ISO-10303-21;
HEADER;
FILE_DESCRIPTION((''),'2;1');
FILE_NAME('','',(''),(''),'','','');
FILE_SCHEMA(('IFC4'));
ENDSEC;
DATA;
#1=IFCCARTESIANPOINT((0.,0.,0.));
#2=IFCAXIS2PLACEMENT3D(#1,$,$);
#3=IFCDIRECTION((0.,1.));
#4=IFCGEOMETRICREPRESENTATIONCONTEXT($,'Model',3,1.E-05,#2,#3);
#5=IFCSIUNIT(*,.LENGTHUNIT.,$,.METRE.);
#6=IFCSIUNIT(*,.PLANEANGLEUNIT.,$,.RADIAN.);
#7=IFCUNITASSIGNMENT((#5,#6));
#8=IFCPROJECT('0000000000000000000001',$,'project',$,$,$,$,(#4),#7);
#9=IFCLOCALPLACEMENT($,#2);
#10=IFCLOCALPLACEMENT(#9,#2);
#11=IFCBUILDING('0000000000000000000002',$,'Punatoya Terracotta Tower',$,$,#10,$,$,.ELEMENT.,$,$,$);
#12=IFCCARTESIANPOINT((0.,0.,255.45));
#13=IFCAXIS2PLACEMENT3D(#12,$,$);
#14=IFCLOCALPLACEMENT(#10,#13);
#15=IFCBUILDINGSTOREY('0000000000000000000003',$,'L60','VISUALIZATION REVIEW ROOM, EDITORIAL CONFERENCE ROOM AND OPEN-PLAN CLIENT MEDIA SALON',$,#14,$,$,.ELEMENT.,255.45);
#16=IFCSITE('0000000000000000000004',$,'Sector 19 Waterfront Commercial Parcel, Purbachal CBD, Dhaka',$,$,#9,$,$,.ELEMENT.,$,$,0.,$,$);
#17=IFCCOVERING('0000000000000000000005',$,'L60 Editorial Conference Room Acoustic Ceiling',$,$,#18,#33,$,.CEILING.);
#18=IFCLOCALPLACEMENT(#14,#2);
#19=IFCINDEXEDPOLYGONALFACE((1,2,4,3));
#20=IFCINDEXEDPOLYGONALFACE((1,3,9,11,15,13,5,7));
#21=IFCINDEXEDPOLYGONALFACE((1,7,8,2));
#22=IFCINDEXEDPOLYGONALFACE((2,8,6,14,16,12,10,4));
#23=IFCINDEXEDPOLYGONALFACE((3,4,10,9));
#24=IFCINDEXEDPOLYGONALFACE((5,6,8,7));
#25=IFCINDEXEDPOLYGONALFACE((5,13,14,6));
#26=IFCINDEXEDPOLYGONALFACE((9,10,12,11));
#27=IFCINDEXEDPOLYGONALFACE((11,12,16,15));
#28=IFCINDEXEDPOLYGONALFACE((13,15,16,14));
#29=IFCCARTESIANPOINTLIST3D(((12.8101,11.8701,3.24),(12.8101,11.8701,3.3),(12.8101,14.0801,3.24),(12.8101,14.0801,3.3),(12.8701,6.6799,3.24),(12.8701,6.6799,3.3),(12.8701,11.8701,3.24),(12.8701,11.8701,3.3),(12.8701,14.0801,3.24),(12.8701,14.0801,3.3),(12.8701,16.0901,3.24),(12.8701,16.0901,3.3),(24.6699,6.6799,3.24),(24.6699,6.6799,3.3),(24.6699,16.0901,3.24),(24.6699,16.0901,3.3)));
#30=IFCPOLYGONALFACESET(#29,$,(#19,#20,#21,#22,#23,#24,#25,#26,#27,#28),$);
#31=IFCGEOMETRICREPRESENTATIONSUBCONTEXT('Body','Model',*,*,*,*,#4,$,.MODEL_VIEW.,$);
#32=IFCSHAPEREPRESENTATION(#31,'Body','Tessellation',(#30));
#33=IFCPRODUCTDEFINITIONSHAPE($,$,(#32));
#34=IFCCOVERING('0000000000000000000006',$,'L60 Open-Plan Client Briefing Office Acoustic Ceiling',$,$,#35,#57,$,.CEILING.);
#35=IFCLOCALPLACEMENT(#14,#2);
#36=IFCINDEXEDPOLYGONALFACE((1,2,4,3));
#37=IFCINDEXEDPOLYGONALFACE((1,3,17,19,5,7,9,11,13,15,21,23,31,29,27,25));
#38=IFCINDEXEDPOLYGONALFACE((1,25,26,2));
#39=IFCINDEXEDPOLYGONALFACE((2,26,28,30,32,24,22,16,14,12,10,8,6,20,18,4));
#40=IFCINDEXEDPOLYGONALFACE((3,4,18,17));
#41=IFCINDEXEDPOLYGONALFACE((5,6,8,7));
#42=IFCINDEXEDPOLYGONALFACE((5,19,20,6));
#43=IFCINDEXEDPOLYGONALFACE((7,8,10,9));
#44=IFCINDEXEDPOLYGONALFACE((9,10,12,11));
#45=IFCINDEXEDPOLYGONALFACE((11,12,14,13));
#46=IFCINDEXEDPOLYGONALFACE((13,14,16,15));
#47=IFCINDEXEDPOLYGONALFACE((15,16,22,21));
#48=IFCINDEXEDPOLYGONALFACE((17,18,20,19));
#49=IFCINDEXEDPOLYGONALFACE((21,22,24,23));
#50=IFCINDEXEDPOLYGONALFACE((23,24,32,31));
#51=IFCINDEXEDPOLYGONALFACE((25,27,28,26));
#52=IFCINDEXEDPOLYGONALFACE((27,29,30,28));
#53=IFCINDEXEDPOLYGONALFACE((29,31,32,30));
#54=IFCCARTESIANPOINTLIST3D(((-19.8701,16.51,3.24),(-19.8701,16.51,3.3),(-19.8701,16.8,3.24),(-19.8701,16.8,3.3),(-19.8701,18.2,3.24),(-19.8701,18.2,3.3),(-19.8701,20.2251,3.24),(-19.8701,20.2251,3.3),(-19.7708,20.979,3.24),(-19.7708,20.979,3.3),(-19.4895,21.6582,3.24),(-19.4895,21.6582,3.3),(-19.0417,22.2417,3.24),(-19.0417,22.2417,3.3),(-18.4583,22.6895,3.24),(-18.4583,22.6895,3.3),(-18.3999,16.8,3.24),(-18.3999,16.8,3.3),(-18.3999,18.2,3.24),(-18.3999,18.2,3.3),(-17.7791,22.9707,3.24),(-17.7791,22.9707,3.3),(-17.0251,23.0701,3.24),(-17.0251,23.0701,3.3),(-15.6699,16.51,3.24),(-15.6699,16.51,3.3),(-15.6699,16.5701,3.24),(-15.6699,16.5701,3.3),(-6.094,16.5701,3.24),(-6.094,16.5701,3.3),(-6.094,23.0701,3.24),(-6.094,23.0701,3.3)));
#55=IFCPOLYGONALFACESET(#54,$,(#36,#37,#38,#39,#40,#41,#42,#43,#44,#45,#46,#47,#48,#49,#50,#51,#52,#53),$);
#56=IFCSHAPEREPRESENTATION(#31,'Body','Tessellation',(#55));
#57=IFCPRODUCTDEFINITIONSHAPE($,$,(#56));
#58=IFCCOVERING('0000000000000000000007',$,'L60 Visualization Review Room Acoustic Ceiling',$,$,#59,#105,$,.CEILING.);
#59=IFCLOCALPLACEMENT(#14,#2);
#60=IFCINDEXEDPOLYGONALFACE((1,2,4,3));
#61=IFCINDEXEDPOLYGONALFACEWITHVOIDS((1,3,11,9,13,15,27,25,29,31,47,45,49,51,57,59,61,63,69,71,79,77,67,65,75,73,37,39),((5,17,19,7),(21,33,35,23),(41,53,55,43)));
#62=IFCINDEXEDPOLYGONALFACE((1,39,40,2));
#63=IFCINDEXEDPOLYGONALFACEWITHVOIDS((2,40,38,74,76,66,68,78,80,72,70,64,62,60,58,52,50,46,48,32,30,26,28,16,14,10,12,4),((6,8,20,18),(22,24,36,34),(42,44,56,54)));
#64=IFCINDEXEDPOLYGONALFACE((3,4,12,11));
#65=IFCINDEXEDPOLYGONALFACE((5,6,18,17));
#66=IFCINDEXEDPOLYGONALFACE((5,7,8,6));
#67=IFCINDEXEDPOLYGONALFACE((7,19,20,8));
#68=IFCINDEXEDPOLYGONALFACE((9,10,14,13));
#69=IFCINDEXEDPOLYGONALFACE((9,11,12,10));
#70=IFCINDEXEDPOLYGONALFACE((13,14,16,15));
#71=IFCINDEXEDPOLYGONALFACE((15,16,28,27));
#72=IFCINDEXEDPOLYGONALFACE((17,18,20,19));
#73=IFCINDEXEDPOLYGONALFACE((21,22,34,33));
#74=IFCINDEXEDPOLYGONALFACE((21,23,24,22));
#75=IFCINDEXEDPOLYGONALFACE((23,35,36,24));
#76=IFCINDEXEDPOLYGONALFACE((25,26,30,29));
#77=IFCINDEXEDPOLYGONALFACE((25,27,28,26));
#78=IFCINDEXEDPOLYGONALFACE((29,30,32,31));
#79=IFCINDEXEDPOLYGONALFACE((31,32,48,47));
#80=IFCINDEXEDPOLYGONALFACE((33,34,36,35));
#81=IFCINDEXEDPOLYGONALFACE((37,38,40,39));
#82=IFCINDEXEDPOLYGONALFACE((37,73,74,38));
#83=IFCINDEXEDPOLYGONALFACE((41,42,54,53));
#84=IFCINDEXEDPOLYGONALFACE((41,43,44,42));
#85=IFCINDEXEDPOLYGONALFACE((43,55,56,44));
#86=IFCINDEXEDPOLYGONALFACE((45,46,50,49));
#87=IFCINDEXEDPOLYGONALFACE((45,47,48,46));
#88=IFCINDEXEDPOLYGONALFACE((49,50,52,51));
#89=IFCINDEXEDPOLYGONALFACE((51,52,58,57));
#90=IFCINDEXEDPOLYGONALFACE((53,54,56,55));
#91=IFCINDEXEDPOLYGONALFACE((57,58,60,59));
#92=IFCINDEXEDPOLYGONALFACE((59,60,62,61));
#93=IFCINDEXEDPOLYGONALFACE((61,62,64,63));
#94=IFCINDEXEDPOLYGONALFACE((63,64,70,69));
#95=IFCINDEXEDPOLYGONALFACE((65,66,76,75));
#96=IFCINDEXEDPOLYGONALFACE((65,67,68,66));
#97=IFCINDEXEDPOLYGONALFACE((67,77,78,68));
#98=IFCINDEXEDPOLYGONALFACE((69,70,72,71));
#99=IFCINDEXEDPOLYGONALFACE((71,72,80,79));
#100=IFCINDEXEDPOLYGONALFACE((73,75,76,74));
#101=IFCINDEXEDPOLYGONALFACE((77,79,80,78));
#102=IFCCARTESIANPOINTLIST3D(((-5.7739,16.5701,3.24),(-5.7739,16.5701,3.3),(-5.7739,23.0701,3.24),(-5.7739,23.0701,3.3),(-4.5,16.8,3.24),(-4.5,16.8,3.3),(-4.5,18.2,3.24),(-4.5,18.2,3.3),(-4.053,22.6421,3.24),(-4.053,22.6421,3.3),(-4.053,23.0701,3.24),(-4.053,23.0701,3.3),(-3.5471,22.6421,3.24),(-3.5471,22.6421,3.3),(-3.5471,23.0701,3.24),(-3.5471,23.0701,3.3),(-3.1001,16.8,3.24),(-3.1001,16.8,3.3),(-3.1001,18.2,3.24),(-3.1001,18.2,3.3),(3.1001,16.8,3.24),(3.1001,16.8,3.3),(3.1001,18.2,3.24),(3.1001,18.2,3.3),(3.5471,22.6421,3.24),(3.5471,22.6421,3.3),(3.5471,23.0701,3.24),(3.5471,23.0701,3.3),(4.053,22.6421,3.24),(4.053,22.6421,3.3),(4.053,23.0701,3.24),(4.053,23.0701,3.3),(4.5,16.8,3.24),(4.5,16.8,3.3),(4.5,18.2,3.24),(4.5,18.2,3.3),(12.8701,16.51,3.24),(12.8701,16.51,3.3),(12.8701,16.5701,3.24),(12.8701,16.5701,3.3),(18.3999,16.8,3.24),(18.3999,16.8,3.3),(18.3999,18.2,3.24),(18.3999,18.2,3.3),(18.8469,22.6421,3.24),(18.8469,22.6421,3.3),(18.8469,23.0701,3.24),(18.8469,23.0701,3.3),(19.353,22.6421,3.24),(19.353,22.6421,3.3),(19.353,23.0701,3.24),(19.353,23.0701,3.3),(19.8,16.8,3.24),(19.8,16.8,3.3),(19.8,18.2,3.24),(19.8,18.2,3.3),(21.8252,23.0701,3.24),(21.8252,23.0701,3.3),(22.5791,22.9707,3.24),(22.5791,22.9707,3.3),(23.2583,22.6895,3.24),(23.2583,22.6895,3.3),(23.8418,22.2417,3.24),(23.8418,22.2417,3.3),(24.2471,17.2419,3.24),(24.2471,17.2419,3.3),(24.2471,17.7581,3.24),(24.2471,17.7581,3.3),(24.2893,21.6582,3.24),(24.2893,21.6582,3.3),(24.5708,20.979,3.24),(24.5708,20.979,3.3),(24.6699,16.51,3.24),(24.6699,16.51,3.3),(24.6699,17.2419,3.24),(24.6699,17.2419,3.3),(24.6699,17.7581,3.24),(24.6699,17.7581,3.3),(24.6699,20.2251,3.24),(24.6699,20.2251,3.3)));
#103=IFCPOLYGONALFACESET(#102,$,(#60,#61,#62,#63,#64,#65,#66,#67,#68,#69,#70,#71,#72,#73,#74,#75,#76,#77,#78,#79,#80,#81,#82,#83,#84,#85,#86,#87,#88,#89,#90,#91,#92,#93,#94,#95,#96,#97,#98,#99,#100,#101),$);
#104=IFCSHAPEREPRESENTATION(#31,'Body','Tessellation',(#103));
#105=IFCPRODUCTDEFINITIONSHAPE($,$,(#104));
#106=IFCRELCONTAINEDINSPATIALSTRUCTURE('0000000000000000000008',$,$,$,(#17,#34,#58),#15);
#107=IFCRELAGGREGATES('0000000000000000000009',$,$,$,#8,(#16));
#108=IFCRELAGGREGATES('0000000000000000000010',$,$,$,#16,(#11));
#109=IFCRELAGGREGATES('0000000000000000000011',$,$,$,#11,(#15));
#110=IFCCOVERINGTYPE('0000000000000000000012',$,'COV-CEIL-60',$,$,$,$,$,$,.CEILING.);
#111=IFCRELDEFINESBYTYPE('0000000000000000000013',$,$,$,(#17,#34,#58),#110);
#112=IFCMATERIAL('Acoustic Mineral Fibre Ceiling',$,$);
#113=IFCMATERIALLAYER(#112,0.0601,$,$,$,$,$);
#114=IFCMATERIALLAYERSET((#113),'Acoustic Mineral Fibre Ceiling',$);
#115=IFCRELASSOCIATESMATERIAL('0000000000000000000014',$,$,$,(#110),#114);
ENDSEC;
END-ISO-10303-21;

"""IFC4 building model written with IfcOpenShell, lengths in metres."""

from ifc_helpers import new_model, si_unit, direction, frame, origin, place, context, subcontext, project, spatial, polyline, outline, extrude, material, layer, layer_set, type_object, element, save


model = new_model("IFC4")

# Units and contexts
model_context = context("Model", 3, precision=1e-05, world=origin(), true_north=direction((0.0, 1.0)))
body_context = subcontext(model_context, "Body", "Model", "MODEL_VIEW")
ifc_project = project(units=[si_unit("LENGTHUNIT", "METRE"), si_unit("PLANEANGLEUNIT", "RADIAN")], contexts=[model_context])

# Site, building, storey
site_placement = place(None, origin())
site = spatial("IfcSite", under=ifc_project, at=site_placement, Name="Sector 19 Waterfront Commercial Parcel, Purbachal CBD, Dhaka", CompositionType="ELEMENT", RefElevation=0.0)
building_placement = place(site_placement, origin())
building = spatial("IfcBuilding", under=site, at=building_placement, Name="Punatoya Terracotta Tower", CompositionType="ELEMENT")
storey_placement = place(building_placement, frame((0.0, 0.0, 255.45)))
storey = spatial("IfcBuildingStorey", under=building, at=storey_placement, Name="L60", Description="VISUALIZATION REVIEW ROOM, EDITORIAL CONFERENCE ROOM AND OPEN-PLAN CLIENT MEDIA SALON", CompositionType="ELEMENT", Elevation=255.45)

# Coverings
ifc_material_1 = material(Name="Acoustic Mineral Fibre Ceiling")
ifc_layer_1 = layer(ifc_material_1, 0.0601)
ifc_layer_set_1 = layer_set([ifc_layer_1], Name="Acoustic Mineral Fibre Ceiling")
covering_type = type_object("IfcCoveringType", Name="COV-CEIL-60", PredefinedType="CEILING", material=ifc_layer_set_1)
covering_1_placement = place(storey_placement, frame((0.0, 0.0, 3.24)))
element("IfcCovering", 1, at=covering_1_placement, inside=storey, type_object=covering_type, Name="L60 Editorial Conference Room Acoustic Ceiling", PredefinedType="CEILING", context=body_context, shape_type="SweptSolid", body=[
    extrude(outline(polyline([(12.8101, 11.8701), (12.8701, 11.8701), (12.8701, 6.6799), (24.6699, 6.6799), (24.6699, 16.0901), (12.8701, 16.0901), (12.8701, 14.0801), (12.8101, 14.0801), (12.8101, 11.8701)])), origin(), (0.0, 0.0, 1.0), 0.0601),
])
covering_2_placement = place(storey_placement, frame((0.0, 0.0, 3.24)))
element("IfcCovering", 2, at=covering_2_placement, inside=storey, type_object=covering_type, Name="L60 Open-Plan Client Briefing Office Acoustic Ceiling", PredefinedType="CEILING", context=body_context, shape_type="SweptSolid", body=[
    extrude(outline(polyline([(-19.8701, 16.8), (-19.8701, 16.51), (-15.6699, 16.51), (-15.6699, 16.5701), (-6.094, 16.5701), (-6.094, 23.0701), (-17.0251, 23.0701), (-17.7791, 22.9707), (-18.4583, 22.6895), (-19.0417, 22.2417), (-19.4895, 21.6582), (-19.7708, 20.979), (-19.8701, 20.2251), (-19.8701, 18.2), (-18.3999, 18.2), (-18.3999, 16.8), (-19.8701, 16.8)])), origin(), (0.0, 0.0, 1.0), 0.0601),
])
covering_3_placement = place(storey_placement, frame((0.0, 0.0, 3.24)))
element("IfcCovering", 3, at=covering_3_placement, inside=storey, type_object=covering_type, Name="L60 Visualization Review Room Acoustic Ceiling", PredefinedType="CEILING", context=body_context, shape_type="SweptSolid", body=[
    extrude(outline(polyline([(4.053, 22.6421), (3.5471, 22.6421), (3.5471, 23.0701), (-3.5471, 23.0701), (-3.5471, 22.6421), (-4.053, 22.6421), (-4.053, 23.0701), (-5.7739, 23.0701), (-5.7739, 16.5701), (12.8701, 16.5701), (12.8701, 16.51), (24.6699, 16.51), (24.6699, 17.2419), (24.2471, 17.2419), (24.2471, 17.7581), (24.6699, 17.7581), (24.6699, 20.2251), (24.5708, 20.979), (24.2893, 21.6582), (23.8418, 22.2417), (23.2583, 22.6895), (22.5791, 22.9707), (21.8252, 23.0701), (19.353, 23.0701), (19.353, 22.6421), (18.8469, 22.6421), (18.8469, 23.0701), (4.053, 23.0701), (4.053, 22.6421)]), holes=[polyline([(19.8, 18.2), (19.8, 16.8), (18.3999, 16.8), (18.3999, 18.2), (19.8, 18.2)]), polyline([(4.5, 16.8), (3.1001, 16.8), (3.1001, 18.2), (4.5, 18.2), (4.5, 16.8)]), polyline([(-4.5, 16.8), (-4.5, 18.2), (-3.1001, 18.2), (-3.1001, 16.8), (-4.5, 16.8)])]), origin(), (0.0, 0.0, 1.0), 0.0601),
])

save(model, "model.ifc")
